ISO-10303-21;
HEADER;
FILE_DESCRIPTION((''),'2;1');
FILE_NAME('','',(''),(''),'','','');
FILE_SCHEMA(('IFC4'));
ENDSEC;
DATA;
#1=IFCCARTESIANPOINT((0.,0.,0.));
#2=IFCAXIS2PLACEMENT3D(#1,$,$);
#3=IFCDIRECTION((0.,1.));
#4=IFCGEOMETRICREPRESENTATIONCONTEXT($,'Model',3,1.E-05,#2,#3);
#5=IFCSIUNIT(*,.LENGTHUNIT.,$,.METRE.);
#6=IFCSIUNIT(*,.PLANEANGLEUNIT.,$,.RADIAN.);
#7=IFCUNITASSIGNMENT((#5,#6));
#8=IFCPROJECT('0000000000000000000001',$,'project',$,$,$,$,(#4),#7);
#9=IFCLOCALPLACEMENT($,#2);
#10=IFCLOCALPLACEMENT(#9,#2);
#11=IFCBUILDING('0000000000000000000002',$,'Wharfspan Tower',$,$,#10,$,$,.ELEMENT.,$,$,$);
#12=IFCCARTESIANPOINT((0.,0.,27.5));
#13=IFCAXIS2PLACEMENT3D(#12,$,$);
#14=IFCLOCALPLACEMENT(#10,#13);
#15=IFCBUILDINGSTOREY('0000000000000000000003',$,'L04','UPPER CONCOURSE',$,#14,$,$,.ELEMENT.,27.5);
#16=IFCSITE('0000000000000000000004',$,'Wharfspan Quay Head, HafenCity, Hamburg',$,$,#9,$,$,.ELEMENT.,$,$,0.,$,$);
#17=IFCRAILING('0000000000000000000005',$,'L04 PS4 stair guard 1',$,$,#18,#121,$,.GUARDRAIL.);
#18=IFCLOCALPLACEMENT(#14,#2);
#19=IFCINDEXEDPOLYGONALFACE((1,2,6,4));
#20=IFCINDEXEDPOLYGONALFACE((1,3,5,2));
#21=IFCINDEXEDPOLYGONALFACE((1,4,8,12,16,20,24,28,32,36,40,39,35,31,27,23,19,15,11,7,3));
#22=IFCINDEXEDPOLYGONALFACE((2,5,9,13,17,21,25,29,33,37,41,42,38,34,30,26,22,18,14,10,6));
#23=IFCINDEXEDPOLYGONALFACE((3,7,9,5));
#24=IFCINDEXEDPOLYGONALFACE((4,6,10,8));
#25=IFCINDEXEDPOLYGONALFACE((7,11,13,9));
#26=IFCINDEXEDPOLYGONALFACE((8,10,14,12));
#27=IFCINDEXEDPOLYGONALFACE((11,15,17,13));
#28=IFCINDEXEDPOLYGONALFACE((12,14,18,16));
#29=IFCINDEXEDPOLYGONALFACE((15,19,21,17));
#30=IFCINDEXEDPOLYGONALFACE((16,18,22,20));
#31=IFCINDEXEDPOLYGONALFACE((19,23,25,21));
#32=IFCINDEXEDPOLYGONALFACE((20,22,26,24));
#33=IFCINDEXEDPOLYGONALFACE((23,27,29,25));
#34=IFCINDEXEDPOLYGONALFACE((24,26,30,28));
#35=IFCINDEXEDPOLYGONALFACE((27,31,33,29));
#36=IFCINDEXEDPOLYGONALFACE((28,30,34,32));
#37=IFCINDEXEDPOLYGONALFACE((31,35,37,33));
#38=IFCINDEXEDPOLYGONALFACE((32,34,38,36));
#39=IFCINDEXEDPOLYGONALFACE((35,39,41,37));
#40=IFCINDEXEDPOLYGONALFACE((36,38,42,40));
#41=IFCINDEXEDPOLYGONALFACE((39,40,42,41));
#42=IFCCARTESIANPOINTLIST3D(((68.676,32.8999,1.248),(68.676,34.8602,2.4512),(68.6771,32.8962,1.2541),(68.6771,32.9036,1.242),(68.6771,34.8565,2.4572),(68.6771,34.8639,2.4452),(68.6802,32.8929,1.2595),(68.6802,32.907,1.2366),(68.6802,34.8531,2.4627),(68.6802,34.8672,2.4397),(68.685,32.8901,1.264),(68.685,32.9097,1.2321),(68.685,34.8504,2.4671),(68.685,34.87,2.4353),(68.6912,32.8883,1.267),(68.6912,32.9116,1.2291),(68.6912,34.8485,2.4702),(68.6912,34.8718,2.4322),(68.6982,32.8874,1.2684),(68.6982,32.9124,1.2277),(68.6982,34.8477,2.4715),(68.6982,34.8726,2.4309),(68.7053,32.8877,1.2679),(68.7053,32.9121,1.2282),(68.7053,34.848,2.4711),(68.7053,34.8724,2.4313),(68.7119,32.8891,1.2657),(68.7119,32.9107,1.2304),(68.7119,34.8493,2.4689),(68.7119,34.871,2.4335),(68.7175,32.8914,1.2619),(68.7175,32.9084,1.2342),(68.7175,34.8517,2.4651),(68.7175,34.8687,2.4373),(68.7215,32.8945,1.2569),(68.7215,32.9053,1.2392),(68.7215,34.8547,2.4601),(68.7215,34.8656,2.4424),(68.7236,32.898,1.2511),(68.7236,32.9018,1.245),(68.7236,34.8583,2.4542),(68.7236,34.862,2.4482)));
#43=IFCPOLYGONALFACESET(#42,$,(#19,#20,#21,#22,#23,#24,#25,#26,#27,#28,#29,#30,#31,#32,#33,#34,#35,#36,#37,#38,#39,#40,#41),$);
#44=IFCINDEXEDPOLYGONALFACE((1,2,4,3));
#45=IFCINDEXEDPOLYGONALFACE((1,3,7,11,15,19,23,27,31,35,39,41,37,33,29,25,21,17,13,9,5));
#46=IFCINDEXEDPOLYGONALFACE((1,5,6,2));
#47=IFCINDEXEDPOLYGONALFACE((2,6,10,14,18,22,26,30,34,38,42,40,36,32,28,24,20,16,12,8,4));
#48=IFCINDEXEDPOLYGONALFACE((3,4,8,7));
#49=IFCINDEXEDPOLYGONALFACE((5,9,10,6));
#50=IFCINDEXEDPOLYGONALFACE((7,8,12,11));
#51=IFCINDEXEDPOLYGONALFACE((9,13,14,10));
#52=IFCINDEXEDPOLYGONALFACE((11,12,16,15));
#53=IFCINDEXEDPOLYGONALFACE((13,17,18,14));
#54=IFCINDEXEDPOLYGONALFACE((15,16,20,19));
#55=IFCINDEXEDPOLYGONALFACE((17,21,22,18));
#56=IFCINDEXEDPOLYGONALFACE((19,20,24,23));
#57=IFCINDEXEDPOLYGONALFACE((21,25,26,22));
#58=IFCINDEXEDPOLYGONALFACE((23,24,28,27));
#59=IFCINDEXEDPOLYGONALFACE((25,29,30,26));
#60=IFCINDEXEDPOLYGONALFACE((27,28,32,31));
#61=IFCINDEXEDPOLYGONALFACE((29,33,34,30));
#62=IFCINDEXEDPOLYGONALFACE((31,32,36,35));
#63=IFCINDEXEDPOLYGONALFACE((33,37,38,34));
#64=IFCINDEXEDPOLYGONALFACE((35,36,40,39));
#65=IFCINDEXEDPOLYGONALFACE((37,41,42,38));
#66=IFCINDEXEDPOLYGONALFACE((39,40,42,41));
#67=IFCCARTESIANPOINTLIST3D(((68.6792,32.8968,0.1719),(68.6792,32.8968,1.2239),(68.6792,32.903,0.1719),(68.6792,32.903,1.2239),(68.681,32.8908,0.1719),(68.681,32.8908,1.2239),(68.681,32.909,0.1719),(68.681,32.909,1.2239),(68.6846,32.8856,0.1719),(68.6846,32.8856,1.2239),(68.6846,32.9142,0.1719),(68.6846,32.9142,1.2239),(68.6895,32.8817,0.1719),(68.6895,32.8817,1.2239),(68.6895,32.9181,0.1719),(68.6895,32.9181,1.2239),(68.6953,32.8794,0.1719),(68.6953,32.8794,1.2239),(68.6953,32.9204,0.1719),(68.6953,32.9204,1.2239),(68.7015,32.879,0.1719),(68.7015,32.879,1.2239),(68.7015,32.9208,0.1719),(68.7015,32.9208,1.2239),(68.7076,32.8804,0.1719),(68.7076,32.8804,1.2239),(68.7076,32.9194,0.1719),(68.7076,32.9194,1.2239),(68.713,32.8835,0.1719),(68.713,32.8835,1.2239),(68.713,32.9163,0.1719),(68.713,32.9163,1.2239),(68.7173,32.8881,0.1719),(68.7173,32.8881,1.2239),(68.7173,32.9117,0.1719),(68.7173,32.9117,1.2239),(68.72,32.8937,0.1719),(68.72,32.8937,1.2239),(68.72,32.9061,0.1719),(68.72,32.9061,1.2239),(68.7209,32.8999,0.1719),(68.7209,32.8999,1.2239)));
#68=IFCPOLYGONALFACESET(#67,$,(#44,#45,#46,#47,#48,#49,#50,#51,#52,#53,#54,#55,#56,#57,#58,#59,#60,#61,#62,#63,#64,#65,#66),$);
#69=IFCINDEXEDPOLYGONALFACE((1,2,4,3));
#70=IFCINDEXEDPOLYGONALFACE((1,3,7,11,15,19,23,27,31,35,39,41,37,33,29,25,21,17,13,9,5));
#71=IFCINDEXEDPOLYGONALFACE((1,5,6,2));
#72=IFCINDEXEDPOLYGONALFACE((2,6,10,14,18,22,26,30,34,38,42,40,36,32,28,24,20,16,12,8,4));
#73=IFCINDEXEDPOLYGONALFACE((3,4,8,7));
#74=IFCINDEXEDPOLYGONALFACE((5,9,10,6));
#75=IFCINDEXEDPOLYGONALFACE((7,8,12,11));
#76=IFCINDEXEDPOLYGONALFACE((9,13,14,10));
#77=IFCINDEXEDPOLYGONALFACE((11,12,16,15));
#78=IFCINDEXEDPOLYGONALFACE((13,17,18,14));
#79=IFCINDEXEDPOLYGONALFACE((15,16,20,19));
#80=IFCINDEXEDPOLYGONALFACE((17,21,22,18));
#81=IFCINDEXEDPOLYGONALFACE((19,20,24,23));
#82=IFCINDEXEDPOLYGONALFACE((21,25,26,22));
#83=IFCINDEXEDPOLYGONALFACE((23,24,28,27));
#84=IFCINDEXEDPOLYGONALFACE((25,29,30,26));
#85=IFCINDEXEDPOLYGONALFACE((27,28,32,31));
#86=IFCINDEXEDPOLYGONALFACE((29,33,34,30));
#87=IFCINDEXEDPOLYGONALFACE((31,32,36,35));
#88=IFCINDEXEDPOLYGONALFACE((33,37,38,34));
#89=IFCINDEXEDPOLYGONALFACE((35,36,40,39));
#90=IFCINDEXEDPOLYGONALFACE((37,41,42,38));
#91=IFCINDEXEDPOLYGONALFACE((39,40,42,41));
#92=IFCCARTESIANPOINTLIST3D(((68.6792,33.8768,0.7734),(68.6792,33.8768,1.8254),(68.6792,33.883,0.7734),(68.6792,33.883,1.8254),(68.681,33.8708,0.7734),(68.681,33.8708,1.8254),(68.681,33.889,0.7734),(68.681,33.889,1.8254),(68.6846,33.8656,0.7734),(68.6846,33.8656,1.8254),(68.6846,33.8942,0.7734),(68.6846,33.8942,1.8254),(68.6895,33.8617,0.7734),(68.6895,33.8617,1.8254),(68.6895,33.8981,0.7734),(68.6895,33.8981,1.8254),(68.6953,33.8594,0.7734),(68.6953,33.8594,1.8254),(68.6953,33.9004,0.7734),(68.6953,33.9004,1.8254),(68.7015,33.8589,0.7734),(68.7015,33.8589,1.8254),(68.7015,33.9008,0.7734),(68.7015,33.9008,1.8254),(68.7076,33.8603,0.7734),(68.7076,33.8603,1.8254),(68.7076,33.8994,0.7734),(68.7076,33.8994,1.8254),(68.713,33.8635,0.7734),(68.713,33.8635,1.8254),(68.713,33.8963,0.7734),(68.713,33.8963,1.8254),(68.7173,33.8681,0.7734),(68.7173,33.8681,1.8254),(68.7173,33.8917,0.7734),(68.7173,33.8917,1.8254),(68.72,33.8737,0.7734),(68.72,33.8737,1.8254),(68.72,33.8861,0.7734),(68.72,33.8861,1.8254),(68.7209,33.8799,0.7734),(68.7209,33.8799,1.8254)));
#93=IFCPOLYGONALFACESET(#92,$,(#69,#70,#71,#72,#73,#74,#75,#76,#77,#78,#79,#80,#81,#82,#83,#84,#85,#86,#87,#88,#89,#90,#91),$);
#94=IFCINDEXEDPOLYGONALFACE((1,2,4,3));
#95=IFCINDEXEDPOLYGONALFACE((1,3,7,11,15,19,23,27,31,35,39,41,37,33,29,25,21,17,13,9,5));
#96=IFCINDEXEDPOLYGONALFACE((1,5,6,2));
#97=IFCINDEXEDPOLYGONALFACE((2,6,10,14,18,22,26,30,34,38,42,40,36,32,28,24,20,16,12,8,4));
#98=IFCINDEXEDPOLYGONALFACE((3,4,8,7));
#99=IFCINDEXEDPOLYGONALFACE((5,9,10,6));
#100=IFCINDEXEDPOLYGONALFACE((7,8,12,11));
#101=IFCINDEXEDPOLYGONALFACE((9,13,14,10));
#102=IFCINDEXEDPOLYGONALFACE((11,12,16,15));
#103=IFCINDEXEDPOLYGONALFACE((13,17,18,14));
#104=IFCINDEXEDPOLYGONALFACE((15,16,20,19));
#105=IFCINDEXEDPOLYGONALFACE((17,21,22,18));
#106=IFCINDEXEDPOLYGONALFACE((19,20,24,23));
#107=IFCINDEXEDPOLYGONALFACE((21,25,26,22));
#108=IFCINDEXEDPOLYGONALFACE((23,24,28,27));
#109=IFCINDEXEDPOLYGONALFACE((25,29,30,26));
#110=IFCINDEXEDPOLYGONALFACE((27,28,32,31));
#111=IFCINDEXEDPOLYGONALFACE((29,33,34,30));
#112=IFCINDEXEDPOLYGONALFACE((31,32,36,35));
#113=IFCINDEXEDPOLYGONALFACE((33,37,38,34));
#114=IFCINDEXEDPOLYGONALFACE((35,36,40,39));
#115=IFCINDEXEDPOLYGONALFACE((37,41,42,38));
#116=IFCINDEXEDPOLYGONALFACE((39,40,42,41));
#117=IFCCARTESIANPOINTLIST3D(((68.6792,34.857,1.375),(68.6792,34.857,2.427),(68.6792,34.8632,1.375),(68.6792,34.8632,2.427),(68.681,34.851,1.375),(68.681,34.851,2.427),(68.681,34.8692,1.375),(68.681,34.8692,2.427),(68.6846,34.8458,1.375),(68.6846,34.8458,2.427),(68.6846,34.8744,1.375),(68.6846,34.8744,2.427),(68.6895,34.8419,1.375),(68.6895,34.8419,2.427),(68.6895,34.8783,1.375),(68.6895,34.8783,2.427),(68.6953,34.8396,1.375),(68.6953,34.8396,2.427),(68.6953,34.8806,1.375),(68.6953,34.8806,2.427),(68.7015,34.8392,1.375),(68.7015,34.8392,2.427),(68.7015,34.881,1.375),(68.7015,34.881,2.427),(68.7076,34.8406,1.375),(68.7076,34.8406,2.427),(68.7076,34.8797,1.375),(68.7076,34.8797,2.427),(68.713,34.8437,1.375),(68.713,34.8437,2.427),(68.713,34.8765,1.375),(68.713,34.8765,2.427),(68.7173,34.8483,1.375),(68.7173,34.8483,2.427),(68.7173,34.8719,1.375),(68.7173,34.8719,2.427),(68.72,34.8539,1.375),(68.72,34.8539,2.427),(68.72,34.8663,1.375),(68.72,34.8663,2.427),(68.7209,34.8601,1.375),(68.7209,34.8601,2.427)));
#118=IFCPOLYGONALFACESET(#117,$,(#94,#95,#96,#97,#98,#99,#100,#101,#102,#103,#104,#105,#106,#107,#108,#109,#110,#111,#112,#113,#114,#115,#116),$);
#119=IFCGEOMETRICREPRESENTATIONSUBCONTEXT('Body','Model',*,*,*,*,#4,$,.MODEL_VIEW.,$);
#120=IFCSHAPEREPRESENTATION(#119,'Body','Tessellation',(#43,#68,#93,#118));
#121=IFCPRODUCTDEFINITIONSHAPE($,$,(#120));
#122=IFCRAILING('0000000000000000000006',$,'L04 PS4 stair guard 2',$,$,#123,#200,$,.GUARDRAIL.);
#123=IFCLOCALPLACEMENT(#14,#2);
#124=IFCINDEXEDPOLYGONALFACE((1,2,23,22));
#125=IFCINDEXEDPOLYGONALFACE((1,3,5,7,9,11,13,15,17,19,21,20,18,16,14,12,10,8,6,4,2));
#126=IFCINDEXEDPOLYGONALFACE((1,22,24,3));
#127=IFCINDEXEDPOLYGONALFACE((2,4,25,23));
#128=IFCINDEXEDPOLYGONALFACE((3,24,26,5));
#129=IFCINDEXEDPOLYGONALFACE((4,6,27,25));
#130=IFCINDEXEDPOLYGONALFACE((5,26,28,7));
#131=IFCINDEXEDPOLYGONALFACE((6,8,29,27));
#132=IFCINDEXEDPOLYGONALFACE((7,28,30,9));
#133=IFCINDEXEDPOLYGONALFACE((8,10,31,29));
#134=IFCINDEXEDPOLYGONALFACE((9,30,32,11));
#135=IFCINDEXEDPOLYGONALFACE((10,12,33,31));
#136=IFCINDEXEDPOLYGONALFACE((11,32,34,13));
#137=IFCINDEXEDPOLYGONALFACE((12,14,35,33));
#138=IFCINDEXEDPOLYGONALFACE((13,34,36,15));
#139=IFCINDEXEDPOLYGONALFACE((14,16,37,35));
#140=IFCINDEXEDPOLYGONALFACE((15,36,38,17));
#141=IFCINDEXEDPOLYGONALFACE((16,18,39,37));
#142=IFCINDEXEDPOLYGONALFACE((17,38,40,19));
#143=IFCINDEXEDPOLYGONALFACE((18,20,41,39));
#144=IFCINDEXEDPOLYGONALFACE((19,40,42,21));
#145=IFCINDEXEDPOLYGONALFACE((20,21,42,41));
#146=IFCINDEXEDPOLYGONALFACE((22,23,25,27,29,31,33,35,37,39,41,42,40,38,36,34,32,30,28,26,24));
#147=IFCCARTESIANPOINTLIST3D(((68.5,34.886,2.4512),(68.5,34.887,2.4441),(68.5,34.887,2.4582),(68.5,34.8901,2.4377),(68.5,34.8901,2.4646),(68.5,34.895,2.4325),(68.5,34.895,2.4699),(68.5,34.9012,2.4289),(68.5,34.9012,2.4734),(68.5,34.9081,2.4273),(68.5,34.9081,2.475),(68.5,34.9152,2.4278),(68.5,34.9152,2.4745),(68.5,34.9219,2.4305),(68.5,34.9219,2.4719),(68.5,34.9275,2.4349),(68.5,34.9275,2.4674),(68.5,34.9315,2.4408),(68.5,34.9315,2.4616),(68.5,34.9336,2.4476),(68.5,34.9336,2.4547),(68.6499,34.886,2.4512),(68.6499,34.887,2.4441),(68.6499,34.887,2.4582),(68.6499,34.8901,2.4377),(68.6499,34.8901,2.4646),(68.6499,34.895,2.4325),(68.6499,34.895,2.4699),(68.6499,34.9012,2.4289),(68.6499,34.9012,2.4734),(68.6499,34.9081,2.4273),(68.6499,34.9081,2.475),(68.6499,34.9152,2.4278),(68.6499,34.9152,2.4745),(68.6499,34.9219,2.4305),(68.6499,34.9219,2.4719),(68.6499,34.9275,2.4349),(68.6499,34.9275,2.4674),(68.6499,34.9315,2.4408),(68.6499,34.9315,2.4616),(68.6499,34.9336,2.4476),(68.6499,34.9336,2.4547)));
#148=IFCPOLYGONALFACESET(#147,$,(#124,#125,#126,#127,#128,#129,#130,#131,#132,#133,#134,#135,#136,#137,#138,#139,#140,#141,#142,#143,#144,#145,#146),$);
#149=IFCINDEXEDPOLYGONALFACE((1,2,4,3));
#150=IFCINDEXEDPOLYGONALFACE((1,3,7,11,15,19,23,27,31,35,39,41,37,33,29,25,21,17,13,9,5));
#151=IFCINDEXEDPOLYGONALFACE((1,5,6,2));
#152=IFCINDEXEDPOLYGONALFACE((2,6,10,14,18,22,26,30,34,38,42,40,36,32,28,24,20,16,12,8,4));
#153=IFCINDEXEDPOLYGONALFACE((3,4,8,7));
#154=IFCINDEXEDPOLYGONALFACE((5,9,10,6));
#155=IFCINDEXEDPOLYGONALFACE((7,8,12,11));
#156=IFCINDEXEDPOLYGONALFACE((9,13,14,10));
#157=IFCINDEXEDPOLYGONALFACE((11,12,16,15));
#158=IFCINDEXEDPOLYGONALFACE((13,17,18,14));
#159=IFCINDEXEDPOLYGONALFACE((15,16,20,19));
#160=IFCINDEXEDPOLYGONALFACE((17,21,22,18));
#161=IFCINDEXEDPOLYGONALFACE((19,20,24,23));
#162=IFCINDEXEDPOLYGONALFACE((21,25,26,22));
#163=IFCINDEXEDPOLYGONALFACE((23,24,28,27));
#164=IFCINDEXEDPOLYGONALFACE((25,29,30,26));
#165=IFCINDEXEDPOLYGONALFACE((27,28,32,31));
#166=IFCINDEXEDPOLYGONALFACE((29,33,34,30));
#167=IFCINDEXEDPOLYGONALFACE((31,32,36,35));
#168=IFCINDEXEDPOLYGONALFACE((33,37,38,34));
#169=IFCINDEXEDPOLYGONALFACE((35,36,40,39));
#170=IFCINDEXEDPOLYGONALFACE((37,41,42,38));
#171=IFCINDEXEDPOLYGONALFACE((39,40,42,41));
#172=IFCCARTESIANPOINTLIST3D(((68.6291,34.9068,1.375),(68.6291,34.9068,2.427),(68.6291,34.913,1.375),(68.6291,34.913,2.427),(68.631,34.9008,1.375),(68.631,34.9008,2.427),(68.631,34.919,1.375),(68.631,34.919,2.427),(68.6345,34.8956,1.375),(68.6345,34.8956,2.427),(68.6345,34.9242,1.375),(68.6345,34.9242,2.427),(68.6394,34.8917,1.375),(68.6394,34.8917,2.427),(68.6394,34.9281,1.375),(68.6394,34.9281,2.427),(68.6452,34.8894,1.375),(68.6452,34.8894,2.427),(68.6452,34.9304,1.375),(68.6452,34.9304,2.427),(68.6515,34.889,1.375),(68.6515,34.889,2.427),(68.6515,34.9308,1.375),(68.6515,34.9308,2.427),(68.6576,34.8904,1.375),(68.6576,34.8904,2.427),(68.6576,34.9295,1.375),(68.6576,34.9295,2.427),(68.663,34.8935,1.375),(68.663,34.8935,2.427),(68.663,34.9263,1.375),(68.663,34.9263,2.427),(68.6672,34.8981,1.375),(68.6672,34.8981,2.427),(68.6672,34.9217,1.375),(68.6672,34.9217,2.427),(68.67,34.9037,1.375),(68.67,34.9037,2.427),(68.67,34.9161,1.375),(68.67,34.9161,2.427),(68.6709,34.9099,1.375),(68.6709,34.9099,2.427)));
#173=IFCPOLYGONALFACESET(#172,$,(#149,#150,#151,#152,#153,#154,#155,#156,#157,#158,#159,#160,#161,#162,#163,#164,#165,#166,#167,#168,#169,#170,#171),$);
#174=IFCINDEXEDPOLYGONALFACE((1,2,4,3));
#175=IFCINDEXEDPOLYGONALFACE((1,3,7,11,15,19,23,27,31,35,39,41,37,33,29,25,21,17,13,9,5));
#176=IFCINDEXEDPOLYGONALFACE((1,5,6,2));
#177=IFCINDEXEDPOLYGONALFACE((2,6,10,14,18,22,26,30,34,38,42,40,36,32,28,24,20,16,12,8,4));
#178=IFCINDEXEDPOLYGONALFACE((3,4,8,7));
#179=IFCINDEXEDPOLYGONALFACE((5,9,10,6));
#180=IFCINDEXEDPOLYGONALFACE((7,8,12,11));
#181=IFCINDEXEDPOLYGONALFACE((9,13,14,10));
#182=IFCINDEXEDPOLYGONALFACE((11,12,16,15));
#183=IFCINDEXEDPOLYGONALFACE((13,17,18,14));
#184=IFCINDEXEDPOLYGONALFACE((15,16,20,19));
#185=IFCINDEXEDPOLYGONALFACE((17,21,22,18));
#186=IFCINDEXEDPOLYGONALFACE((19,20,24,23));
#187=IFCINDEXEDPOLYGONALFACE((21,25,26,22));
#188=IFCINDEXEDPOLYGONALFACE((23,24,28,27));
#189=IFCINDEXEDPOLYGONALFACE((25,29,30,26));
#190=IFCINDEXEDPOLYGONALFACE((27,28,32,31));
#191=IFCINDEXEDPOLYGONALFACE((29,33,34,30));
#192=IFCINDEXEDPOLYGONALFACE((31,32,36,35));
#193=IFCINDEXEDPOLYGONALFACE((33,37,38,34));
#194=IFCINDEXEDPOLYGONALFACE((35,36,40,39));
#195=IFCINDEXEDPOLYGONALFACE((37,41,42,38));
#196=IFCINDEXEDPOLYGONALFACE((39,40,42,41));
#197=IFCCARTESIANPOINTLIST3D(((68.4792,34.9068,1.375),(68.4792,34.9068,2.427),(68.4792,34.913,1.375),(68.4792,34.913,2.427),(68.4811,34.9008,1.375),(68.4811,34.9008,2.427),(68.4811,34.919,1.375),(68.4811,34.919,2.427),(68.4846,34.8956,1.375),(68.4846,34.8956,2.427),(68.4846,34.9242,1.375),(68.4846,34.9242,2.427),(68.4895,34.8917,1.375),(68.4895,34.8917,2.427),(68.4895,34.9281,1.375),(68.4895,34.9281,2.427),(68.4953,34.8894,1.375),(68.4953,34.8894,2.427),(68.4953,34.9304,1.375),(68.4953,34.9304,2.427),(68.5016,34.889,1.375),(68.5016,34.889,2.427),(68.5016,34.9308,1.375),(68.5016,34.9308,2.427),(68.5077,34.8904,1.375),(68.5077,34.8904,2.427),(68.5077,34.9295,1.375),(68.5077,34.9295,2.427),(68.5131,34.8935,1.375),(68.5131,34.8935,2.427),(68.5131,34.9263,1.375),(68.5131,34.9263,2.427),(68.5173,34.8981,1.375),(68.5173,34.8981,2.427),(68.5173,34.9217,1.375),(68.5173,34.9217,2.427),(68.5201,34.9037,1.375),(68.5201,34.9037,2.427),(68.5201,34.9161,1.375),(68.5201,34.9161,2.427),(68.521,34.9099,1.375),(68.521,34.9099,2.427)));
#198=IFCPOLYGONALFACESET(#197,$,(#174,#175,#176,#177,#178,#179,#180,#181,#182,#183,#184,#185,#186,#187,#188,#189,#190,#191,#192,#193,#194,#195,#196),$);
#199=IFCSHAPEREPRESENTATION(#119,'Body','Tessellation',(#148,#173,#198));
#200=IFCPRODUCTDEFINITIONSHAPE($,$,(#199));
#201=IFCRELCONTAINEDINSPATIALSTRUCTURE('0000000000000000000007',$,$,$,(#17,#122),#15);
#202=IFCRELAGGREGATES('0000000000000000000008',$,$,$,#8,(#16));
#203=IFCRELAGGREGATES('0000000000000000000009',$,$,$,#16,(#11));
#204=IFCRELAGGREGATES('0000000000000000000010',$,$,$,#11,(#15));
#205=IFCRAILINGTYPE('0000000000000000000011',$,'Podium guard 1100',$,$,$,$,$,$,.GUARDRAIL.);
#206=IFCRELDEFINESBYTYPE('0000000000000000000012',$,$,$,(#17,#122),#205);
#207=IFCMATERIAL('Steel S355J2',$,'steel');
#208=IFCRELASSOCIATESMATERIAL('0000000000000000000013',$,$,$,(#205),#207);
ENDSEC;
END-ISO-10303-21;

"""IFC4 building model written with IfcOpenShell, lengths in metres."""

from ifc_helpers import new_model, si_unit, direction, frame, origin, origin_2d, place, context, subcontext, project, spatial, circle, extrude, material, type_object, element, save


model = new_model("IFC4")

# Units and contexts
model_context = context("Model", 3, precision=1e-05, world=origin(), true_north=direction((0.0, 1.0)))
body_context = subcontext(model_context, "Body", "Model", "MODEL_VIEW")
ifc_project = project(units=[si_unit("LENGTHUNIT", "METRE"), si_unit("PLANEANGLEUNIT", "RADIAN")], contexts=[model_context])

# Site, building, storey
site_placement = place(None, origin())
site = spatial("IfcSite", under=ifc_project, at=site_placement, Name="Wharfspan Quay Head, HafenCity, Hamburg", CompositionType="ELEMENT", RefElevation=0.0)
building_placement = place(site_placement, origin())
building = spatial("IfcBuilding", under=site, at=building_placement, Name="Wharfspan Tower", CompositionType="ELEMENT")
storey_placement = place(building_placement, frame((0.0, 0.0, 27.5)))
storey = spatial("IfcBuildingStorey", under=building, at=storey_placement, Name="L04", Description="UPPER CONCOURSE", CompositionType="ELEMENT", Elevation=27.5)

# Railings
ifc_material_1 = material(Name="Steel S355J2", Category="steel")
railing_type_1 = type_object("IfcRailingType", Name="Podium guard 1100", PredefinedType="GUARDRAIL", material=ifc_material_1)
railing_1_placement = place(storey_placement, frame((68.7, 32.8999, 0.1719)))
element("IfcRailing", 1, at=railing_1_placement, inside=storey, type_object=railing_type_1, Name="L04 PS4 stair guard 1", PredefinedType="GUARDRAIL", context=body_context, shape_type="SweptSolid", body=[
    extrude(circle(Radius=0.0239, at=origin_2d()), frame((0.0, 0.0, 1.0762), z_axis=(0.0, 0.85227, 0.523102), x_axis=(-1.0, 0.0, 0.0)), (0.0, 0.0, 1.0), 2.3),
    extrude(circle(Radius=0.021, at=origin_2d()), origin(), (0.0, 0.0, 1.0), 1.052),
    extrude(circle(Radius=0.021, at=origin_2d()), frame((0.0, 0.98, 0.6016)), (0.0, 0.0, 1.0), 1.052),
    extrude(circle(Radius=0.021, at=origin_2d()), frame((0.0, 1.9602, 1.2031)), (0.0, 0.0, 1.0), 1.052),
])
railing_2_placement = place(storey_placement, frame((68.6499, 34.9099, 1.375)))
element("IfcRailing", 2, at=railing_2_placement, inside=storey, type_object=railing_type_1, Name="L04 PS4 stair guard 2", PredefinedType="GUARDRAIL", context=body_context, shape_type="SweptSolid", body=[
    extrude(circle(Radius=0.0239, at=origin_2d()), frame((0.0, 0.0, 1.0762), z_axis=(-1.0, 0.0, 0.0), x_axis=(0.0, -1.0, 0.0)), (0.0, 0.0, 1.0), 0.1499),
    extrude(circle(Radius=0.021, at=origin_2d()), origin(), (0.0, 0.0, 1.0), 1.052),
    extrude(circle(Radius=0.021, at=origin_2d()), frame((-0.1499, 0.0, 0.0)), (0.0, 0.0, 1.0), 1.052),
])

save(model, "model.ifc")
